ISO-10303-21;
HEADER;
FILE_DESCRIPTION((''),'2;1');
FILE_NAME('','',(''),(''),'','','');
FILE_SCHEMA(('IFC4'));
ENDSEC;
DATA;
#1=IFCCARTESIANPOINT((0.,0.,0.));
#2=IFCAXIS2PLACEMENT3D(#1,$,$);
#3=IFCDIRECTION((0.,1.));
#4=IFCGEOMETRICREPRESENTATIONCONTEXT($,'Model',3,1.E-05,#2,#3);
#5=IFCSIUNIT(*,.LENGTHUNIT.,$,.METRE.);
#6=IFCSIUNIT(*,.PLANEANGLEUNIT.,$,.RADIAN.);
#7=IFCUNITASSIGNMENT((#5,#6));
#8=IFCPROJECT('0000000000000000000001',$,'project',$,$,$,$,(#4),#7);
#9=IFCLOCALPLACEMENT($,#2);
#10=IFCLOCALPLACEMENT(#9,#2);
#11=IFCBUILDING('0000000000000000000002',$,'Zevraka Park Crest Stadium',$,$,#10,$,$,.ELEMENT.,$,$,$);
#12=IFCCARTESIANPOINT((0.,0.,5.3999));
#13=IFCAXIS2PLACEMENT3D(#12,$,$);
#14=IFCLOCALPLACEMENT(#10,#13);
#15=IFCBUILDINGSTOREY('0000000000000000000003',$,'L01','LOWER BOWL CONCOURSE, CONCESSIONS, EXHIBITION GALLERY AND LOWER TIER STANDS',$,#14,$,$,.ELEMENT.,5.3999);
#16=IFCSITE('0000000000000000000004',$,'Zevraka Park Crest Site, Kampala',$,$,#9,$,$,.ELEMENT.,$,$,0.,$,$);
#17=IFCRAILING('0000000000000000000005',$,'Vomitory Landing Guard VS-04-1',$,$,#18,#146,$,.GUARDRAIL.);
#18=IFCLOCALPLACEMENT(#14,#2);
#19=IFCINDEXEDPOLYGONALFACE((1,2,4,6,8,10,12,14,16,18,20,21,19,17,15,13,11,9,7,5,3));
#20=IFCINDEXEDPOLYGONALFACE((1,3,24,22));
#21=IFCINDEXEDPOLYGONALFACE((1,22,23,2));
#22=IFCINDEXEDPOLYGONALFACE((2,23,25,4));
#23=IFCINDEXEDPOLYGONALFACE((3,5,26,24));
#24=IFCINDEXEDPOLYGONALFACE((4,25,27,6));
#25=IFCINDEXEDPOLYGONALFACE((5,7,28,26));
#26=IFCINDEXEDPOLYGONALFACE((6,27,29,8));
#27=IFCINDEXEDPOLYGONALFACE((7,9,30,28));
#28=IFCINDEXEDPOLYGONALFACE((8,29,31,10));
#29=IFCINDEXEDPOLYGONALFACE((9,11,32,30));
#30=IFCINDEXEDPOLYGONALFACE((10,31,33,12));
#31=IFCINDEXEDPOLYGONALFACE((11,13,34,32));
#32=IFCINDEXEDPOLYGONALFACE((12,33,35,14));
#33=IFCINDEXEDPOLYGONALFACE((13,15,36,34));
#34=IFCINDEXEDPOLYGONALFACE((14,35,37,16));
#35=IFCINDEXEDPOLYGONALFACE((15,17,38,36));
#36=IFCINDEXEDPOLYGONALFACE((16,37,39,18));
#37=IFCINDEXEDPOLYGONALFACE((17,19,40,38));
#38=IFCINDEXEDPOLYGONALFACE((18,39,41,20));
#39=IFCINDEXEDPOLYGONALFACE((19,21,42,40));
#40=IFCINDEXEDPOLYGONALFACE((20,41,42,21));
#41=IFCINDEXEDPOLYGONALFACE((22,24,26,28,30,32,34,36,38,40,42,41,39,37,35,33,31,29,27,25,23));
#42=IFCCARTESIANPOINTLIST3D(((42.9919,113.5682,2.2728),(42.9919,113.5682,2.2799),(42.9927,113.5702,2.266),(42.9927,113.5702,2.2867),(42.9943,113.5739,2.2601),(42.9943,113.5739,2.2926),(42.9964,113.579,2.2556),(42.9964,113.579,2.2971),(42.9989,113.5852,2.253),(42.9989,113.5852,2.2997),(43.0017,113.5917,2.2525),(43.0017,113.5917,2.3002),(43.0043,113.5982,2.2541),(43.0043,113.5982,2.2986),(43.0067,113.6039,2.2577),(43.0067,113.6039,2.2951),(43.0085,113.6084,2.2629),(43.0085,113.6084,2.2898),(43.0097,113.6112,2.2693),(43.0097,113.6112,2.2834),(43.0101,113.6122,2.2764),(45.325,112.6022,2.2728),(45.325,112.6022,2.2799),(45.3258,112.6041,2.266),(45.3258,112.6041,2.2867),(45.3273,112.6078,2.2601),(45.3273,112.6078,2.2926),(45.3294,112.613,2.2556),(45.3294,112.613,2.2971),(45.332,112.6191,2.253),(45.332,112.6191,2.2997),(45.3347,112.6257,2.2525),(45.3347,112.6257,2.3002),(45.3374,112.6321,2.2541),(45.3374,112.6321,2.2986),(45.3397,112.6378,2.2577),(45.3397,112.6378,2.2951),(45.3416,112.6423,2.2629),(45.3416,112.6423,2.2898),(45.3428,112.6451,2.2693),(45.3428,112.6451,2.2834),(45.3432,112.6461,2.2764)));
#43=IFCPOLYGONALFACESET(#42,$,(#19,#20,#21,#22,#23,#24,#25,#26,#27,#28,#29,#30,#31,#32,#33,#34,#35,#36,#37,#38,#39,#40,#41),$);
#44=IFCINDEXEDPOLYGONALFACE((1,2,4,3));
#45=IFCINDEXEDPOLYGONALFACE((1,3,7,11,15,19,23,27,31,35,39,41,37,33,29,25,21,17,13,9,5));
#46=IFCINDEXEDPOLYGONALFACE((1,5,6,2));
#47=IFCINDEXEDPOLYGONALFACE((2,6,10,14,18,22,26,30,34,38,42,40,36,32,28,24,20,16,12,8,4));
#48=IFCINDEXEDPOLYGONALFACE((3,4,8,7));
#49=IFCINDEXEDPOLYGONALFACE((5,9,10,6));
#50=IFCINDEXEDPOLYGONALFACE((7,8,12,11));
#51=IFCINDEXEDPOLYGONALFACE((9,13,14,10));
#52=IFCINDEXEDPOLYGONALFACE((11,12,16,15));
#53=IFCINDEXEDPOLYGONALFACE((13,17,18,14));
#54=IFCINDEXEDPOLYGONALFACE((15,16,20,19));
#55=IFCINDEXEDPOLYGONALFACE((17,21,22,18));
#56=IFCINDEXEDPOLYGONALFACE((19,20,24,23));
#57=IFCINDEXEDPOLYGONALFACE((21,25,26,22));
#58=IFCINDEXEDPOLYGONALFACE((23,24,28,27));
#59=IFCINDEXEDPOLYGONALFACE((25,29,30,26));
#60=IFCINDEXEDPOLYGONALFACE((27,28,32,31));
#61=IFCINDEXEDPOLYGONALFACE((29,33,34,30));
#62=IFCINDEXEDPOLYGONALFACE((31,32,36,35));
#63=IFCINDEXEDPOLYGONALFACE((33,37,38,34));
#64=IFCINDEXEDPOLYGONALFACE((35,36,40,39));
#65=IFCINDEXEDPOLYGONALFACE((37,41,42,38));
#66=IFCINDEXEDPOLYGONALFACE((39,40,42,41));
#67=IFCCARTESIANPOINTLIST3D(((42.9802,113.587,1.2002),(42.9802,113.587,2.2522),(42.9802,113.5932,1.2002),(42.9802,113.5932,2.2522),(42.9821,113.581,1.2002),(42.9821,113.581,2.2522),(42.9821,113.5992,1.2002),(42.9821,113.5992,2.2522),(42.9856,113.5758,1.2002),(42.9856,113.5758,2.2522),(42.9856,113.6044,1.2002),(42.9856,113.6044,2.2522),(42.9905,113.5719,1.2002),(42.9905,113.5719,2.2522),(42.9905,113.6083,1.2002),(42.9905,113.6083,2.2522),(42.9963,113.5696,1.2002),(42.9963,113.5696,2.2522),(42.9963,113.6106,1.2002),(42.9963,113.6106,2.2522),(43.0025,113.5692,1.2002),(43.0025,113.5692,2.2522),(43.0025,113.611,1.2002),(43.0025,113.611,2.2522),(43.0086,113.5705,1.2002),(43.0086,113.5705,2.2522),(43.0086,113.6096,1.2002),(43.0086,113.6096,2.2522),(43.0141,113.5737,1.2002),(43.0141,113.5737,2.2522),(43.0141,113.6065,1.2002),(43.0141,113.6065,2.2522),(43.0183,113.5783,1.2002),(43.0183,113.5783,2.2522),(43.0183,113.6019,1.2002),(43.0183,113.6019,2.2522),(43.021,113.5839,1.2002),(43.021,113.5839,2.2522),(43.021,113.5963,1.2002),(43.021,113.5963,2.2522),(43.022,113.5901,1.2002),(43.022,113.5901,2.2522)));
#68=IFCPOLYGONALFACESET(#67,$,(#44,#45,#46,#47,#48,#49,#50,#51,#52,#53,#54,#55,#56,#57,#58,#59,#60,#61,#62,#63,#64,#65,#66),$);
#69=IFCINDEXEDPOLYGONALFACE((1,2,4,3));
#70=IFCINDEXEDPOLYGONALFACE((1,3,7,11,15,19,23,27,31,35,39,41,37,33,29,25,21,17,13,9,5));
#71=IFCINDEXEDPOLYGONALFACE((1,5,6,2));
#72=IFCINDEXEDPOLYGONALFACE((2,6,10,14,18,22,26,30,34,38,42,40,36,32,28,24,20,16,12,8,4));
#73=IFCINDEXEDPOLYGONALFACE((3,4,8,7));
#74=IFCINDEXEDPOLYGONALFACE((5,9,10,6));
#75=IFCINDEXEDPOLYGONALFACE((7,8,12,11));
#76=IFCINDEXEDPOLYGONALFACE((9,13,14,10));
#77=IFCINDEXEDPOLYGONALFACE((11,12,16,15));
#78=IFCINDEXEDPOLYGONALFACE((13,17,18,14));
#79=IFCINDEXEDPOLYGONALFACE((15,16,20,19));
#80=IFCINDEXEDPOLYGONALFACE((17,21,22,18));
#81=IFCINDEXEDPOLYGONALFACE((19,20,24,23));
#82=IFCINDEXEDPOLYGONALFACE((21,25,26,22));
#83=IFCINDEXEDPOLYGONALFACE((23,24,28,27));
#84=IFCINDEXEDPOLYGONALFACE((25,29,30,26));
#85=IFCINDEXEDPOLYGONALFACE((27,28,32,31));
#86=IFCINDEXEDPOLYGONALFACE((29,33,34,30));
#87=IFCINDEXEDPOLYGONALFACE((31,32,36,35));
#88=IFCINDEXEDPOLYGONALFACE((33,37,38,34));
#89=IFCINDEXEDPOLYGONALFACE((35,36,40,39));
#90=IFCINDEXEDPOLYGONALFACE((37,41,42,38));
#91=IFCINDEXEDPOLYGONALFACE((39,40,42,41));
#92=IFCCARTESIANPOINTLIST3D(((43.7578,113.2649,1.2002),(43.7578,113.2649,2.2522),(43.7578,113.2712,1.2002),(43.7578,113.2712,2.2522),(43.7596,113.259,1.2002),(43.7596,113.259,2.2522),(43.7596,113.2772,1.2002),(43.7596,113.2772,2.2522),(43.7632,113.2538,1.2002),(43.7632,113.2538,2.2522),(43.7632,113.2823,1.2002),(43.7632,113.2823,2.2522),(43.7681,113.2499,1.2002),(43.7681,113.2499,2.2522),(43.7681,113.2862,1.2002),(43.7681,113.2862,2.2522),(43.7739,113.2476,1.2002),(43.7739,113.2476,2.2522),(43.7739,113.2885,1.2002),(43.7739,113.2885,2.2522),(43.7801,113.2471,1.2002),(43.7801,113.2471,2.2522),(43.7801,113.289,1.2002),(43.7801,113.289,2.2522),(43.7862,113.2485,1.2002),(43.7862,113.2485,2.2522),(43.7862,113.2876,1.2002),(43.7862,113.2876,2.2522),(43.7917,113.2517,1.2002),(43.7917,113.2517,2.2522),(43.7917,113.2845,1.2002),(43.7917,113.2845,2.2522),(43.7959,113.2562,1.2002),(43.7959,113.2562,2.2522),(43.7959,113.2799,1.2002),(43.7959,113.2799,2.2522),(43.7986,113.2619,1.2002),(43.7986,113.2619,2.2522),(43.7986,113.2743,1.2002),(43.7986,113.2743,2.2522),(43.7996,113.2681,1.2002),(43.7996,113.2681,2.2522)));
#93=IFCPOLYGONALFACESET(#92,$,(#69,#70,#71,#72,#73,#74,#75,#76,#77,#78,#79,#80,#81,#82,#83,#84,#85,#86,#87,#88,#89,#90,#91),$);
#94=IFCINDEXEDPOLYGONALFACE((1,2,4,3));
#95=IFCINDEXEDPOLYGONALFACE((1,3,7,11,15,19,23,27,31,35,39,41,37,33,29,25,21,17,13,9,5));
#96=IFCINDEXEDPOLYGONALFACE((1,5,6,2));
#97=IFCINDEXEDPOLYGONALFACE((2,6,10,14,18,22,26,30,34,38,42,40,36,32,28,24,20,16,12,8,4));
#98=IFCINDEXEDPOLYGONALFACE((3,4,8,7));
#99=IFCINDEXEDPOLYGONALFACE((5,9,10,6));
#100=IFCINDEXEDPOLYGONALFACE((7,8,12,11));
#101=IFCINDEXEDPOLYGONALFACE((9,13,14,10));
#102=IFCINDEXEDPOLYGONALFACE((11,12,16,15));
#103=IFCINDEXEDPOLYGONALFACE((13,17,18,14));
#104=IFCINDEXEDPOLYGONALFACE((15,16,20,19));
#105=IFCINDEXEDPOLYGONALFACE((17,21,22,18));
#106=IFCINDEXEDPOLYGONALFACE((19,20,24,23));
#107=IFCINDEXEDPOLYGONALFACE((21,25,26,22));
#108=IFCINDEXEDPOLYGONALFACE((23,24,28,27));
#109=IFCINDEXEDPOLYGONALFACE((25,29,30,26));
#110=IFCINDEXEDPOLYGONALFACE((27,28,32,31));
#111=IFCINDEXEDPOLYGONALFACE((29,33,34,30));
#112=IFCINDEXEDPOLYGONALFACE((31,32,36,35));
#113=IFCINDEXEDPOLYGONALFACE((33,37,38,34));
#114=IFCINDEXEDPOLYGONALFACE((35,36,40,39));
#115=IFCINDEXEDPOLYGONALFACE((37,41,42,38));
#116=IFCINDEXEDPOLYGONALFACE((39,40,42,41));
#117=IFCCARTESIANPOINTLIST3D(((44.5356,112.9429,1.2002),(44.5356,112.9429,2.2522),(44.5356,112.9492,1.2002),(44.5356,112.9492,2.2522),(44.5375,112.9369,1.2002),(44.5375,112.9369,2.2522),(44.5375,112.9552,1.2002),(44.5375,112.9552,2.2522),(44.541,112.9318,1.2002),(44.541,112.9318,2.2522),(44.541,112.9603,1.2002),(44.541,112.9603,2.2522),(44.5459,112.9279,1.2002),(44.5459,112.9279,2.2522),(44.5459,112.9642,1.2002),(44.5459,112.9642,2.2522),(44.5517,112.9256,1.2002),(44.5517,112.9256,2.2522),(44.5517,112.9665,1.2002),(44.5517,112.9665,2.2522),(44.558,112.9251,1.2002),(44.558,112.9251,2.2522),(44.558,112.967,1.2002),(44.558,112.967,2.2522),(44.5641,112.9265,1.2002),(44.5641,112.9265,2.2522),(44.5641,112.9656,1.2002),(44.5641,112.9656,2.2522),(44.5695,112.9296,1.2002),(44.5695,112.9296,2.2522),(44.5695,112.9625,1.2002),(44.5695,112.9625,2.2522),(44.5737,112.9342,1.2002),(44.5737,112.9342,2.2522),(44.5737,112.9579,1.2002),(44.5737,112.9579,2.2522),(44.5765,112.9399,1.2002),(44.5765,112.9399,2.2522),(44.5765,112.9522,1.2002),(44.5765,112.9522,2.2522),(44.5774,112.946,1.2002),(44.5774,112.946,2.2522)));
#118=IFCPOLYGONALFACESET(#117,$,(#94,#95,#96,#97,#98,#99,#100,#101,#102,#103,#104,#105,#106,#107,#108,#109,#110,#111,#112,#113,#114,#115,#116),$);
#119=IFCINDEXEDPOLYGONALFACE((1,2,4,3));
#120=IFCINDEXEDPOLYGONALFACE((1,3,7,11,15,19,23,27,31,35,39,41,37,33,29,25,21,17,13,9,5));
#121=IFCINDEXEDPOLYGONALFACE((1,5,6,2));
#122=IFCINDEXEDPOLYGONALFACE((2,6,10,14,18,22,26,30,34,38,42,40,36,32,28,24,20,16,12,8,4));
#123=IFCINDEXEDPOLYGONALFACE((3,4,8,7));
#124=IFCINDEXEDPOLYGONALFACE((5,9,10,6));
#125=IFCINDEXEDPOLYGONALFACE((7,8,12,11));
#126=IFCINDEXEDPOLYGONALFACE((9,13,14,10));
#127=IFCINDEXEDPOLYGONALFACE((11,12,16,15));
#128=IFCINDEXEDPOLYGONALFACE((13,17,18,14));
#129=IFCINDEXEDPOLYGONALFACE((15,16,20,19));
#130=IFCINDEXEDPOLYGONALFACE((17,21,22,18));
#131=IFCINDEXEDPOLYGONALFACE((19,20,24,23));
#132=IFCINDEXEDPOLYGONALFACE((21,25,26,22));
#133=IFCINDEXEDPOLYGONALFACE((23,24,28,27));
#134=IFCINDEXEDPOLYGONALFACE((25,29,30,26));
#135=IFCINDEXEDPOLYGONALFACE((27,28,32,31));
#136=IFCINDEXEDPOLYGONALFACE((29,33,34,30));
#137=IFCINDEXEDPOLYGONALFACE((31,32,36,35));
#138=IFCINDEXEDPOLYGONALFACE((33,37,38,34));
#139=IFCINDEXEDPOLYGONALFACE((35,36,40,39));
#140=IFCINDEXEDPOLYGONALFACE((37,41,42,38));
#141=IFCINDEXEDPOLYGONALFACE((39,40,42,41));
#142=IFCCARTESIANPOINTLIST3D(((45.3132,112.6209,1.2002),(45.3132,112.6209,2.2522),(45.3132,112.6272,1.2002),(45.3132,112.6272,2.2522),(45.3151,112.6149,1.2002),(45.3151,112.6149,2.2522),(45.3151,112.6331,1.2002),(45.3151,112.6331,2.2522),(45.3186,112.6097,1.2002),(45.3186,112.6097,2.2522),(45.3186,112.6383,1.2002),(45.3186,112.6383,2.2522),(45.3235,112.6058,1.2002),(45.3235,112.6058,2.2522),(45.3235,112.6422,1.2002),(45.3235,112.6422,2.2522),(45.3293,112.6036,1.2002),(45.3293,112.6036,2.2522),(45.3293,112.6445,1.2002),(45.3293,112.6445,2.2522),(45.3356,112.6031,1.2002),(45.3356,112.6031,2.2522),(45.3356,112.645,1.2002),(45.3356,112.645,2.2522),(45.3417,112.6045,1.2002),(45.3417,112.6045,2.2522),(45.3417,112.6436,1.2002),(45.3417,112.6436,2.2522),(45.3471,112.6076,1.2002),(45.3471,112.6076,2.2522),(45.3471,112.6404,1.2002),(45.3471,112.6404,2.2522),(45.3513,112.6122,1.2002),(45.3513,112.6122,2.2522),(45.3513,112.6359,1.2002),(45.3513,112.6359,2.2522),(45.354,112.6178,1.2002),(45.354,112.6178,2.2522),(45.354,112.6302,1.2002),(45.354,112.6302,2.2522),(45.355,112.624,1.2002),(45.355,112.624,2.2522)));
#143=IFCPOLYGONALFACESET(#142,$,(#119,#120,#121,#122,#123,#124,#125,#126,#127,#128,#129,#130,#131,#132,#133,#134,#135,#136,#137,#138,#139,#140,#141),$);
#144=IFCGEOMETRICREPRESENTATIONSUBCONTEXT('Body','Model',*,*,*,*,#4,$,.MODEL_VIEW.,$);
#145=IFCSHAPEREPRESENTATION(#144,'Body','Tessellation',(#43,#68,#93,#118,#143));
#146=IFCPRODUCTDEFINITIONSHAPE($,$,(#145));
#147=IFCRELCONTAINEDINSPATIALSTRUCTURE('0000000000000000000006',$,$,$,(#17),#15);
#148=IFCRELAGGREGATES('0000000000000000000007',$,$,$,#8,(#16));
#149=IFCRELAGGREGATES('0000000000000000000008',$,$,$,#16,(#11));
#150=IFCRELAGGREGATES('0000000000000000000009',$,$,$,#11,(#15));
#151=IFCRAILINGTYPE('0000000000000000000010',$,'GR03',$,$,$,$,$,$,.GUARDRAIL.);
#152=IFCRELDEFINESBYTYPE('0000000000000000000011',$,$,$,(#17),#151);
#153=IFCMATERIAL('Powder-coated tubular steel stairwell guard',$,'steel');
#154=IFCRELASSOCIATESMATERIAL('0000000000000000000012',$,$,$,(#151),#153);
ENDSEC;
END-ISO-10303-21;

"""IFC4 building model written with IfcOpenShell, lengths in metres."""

from ifc_helpers import new_model, si_unit, direction, frame, origin, origin_2d, place, context, subcontext, project, spatial, circle, extrude, material, type_object, element, save


model = new_model("IFC4")

# Units and contexts
model_context = context("Model", 3, precision=1e-05, world=origin(), true_north=direction((0.0, 1.0)))
body_context = subcontext(model_context, "Body", "Model", "MODEL_VIEW")
ifc_project = project(units=[si_unit("LENGTHUNIT", "METRE"), si_unit("PLANEANGLEUNIT", "RADIAN")], contexts=[model_context])

# Site, building, storey
site_placement = place(None, origin())
site = spatial("IfcSite", under=ifc_project, at=site_placement, Name="Zevraka Park Crest Site, Kampala", CompositionType="ELEMENT", RefElevation=0.0)
building_placement = place(site_placement, origin())
building = spatial("IfcBuilding", under=site, at=building_placement, Name="Zevraka Park Crest Stadium", CompositionType="ELEMENT")
storey_placement = place(building_placement, frame((0.0, 0.0, 5.3999)))
storey = spatial("IfcBuildingStorey", under=building, at=storey_placement, Name="L01", Description="LOWER BOWL CONCOURSE, CONCESSIONS, EXHIBITION GALLERY AND LOWER TIER STANDS", CompositionType="ELEMENT", Elevation=5.3999)

# Railing
ifc_material_1 = material(Name="Powder-coated tubular steel stairwell guard", Category="steel")
railing_type_1 = type_object("IfcRailingType", Name="GR03", PredefinedType="GUARDRAIL", material=ifc_material_1)
railing_1_placement = place(storey_placement, frame((43.001, 113.5901, 1.2002)))
element("IfcRailing", 1, at=railing_1_placement, inside=storey, type_object=railing_type_1, Name="Vomitory Landing Guard VS-04-1", PredefinedType="GUARDRAIL", context=body_context, shape_type="SweptSolid", body=[
    extrude(circle(Radius=0.0239, at=origin_2d()), frame((0.0, 0.0, 1.0762), z_axis=(0.923921, -0.382582, 0.0), x_axis=(0.382582, 0.923921, 0.0)), (0.0, 0.0, 1.0), 2.5251),
    extrude(circle(Radius=0.021, at=origin_2d()), origin(), (0.0, 0.0, 1.0), 1.052),
    extrude(circle(Radius=0.021, at=origin_2d()), frame((0.7776, -0.322, 0.0)), (0.0, 0.0, 1.0), 1.052),
    extrude(circle(Radius=0.021, at=origin_2d()), frame((1.5554, -0.644, 0.0)), (0.0, 0.0, 1.0), 1.052),
    extrude(circle(Radius=0.021, at=origin_2d()), frame((2.333, -0.9661, 0.0)), (0.0, 0.0, 1.0), 1.052),
])

save(model, "model.ifc")
